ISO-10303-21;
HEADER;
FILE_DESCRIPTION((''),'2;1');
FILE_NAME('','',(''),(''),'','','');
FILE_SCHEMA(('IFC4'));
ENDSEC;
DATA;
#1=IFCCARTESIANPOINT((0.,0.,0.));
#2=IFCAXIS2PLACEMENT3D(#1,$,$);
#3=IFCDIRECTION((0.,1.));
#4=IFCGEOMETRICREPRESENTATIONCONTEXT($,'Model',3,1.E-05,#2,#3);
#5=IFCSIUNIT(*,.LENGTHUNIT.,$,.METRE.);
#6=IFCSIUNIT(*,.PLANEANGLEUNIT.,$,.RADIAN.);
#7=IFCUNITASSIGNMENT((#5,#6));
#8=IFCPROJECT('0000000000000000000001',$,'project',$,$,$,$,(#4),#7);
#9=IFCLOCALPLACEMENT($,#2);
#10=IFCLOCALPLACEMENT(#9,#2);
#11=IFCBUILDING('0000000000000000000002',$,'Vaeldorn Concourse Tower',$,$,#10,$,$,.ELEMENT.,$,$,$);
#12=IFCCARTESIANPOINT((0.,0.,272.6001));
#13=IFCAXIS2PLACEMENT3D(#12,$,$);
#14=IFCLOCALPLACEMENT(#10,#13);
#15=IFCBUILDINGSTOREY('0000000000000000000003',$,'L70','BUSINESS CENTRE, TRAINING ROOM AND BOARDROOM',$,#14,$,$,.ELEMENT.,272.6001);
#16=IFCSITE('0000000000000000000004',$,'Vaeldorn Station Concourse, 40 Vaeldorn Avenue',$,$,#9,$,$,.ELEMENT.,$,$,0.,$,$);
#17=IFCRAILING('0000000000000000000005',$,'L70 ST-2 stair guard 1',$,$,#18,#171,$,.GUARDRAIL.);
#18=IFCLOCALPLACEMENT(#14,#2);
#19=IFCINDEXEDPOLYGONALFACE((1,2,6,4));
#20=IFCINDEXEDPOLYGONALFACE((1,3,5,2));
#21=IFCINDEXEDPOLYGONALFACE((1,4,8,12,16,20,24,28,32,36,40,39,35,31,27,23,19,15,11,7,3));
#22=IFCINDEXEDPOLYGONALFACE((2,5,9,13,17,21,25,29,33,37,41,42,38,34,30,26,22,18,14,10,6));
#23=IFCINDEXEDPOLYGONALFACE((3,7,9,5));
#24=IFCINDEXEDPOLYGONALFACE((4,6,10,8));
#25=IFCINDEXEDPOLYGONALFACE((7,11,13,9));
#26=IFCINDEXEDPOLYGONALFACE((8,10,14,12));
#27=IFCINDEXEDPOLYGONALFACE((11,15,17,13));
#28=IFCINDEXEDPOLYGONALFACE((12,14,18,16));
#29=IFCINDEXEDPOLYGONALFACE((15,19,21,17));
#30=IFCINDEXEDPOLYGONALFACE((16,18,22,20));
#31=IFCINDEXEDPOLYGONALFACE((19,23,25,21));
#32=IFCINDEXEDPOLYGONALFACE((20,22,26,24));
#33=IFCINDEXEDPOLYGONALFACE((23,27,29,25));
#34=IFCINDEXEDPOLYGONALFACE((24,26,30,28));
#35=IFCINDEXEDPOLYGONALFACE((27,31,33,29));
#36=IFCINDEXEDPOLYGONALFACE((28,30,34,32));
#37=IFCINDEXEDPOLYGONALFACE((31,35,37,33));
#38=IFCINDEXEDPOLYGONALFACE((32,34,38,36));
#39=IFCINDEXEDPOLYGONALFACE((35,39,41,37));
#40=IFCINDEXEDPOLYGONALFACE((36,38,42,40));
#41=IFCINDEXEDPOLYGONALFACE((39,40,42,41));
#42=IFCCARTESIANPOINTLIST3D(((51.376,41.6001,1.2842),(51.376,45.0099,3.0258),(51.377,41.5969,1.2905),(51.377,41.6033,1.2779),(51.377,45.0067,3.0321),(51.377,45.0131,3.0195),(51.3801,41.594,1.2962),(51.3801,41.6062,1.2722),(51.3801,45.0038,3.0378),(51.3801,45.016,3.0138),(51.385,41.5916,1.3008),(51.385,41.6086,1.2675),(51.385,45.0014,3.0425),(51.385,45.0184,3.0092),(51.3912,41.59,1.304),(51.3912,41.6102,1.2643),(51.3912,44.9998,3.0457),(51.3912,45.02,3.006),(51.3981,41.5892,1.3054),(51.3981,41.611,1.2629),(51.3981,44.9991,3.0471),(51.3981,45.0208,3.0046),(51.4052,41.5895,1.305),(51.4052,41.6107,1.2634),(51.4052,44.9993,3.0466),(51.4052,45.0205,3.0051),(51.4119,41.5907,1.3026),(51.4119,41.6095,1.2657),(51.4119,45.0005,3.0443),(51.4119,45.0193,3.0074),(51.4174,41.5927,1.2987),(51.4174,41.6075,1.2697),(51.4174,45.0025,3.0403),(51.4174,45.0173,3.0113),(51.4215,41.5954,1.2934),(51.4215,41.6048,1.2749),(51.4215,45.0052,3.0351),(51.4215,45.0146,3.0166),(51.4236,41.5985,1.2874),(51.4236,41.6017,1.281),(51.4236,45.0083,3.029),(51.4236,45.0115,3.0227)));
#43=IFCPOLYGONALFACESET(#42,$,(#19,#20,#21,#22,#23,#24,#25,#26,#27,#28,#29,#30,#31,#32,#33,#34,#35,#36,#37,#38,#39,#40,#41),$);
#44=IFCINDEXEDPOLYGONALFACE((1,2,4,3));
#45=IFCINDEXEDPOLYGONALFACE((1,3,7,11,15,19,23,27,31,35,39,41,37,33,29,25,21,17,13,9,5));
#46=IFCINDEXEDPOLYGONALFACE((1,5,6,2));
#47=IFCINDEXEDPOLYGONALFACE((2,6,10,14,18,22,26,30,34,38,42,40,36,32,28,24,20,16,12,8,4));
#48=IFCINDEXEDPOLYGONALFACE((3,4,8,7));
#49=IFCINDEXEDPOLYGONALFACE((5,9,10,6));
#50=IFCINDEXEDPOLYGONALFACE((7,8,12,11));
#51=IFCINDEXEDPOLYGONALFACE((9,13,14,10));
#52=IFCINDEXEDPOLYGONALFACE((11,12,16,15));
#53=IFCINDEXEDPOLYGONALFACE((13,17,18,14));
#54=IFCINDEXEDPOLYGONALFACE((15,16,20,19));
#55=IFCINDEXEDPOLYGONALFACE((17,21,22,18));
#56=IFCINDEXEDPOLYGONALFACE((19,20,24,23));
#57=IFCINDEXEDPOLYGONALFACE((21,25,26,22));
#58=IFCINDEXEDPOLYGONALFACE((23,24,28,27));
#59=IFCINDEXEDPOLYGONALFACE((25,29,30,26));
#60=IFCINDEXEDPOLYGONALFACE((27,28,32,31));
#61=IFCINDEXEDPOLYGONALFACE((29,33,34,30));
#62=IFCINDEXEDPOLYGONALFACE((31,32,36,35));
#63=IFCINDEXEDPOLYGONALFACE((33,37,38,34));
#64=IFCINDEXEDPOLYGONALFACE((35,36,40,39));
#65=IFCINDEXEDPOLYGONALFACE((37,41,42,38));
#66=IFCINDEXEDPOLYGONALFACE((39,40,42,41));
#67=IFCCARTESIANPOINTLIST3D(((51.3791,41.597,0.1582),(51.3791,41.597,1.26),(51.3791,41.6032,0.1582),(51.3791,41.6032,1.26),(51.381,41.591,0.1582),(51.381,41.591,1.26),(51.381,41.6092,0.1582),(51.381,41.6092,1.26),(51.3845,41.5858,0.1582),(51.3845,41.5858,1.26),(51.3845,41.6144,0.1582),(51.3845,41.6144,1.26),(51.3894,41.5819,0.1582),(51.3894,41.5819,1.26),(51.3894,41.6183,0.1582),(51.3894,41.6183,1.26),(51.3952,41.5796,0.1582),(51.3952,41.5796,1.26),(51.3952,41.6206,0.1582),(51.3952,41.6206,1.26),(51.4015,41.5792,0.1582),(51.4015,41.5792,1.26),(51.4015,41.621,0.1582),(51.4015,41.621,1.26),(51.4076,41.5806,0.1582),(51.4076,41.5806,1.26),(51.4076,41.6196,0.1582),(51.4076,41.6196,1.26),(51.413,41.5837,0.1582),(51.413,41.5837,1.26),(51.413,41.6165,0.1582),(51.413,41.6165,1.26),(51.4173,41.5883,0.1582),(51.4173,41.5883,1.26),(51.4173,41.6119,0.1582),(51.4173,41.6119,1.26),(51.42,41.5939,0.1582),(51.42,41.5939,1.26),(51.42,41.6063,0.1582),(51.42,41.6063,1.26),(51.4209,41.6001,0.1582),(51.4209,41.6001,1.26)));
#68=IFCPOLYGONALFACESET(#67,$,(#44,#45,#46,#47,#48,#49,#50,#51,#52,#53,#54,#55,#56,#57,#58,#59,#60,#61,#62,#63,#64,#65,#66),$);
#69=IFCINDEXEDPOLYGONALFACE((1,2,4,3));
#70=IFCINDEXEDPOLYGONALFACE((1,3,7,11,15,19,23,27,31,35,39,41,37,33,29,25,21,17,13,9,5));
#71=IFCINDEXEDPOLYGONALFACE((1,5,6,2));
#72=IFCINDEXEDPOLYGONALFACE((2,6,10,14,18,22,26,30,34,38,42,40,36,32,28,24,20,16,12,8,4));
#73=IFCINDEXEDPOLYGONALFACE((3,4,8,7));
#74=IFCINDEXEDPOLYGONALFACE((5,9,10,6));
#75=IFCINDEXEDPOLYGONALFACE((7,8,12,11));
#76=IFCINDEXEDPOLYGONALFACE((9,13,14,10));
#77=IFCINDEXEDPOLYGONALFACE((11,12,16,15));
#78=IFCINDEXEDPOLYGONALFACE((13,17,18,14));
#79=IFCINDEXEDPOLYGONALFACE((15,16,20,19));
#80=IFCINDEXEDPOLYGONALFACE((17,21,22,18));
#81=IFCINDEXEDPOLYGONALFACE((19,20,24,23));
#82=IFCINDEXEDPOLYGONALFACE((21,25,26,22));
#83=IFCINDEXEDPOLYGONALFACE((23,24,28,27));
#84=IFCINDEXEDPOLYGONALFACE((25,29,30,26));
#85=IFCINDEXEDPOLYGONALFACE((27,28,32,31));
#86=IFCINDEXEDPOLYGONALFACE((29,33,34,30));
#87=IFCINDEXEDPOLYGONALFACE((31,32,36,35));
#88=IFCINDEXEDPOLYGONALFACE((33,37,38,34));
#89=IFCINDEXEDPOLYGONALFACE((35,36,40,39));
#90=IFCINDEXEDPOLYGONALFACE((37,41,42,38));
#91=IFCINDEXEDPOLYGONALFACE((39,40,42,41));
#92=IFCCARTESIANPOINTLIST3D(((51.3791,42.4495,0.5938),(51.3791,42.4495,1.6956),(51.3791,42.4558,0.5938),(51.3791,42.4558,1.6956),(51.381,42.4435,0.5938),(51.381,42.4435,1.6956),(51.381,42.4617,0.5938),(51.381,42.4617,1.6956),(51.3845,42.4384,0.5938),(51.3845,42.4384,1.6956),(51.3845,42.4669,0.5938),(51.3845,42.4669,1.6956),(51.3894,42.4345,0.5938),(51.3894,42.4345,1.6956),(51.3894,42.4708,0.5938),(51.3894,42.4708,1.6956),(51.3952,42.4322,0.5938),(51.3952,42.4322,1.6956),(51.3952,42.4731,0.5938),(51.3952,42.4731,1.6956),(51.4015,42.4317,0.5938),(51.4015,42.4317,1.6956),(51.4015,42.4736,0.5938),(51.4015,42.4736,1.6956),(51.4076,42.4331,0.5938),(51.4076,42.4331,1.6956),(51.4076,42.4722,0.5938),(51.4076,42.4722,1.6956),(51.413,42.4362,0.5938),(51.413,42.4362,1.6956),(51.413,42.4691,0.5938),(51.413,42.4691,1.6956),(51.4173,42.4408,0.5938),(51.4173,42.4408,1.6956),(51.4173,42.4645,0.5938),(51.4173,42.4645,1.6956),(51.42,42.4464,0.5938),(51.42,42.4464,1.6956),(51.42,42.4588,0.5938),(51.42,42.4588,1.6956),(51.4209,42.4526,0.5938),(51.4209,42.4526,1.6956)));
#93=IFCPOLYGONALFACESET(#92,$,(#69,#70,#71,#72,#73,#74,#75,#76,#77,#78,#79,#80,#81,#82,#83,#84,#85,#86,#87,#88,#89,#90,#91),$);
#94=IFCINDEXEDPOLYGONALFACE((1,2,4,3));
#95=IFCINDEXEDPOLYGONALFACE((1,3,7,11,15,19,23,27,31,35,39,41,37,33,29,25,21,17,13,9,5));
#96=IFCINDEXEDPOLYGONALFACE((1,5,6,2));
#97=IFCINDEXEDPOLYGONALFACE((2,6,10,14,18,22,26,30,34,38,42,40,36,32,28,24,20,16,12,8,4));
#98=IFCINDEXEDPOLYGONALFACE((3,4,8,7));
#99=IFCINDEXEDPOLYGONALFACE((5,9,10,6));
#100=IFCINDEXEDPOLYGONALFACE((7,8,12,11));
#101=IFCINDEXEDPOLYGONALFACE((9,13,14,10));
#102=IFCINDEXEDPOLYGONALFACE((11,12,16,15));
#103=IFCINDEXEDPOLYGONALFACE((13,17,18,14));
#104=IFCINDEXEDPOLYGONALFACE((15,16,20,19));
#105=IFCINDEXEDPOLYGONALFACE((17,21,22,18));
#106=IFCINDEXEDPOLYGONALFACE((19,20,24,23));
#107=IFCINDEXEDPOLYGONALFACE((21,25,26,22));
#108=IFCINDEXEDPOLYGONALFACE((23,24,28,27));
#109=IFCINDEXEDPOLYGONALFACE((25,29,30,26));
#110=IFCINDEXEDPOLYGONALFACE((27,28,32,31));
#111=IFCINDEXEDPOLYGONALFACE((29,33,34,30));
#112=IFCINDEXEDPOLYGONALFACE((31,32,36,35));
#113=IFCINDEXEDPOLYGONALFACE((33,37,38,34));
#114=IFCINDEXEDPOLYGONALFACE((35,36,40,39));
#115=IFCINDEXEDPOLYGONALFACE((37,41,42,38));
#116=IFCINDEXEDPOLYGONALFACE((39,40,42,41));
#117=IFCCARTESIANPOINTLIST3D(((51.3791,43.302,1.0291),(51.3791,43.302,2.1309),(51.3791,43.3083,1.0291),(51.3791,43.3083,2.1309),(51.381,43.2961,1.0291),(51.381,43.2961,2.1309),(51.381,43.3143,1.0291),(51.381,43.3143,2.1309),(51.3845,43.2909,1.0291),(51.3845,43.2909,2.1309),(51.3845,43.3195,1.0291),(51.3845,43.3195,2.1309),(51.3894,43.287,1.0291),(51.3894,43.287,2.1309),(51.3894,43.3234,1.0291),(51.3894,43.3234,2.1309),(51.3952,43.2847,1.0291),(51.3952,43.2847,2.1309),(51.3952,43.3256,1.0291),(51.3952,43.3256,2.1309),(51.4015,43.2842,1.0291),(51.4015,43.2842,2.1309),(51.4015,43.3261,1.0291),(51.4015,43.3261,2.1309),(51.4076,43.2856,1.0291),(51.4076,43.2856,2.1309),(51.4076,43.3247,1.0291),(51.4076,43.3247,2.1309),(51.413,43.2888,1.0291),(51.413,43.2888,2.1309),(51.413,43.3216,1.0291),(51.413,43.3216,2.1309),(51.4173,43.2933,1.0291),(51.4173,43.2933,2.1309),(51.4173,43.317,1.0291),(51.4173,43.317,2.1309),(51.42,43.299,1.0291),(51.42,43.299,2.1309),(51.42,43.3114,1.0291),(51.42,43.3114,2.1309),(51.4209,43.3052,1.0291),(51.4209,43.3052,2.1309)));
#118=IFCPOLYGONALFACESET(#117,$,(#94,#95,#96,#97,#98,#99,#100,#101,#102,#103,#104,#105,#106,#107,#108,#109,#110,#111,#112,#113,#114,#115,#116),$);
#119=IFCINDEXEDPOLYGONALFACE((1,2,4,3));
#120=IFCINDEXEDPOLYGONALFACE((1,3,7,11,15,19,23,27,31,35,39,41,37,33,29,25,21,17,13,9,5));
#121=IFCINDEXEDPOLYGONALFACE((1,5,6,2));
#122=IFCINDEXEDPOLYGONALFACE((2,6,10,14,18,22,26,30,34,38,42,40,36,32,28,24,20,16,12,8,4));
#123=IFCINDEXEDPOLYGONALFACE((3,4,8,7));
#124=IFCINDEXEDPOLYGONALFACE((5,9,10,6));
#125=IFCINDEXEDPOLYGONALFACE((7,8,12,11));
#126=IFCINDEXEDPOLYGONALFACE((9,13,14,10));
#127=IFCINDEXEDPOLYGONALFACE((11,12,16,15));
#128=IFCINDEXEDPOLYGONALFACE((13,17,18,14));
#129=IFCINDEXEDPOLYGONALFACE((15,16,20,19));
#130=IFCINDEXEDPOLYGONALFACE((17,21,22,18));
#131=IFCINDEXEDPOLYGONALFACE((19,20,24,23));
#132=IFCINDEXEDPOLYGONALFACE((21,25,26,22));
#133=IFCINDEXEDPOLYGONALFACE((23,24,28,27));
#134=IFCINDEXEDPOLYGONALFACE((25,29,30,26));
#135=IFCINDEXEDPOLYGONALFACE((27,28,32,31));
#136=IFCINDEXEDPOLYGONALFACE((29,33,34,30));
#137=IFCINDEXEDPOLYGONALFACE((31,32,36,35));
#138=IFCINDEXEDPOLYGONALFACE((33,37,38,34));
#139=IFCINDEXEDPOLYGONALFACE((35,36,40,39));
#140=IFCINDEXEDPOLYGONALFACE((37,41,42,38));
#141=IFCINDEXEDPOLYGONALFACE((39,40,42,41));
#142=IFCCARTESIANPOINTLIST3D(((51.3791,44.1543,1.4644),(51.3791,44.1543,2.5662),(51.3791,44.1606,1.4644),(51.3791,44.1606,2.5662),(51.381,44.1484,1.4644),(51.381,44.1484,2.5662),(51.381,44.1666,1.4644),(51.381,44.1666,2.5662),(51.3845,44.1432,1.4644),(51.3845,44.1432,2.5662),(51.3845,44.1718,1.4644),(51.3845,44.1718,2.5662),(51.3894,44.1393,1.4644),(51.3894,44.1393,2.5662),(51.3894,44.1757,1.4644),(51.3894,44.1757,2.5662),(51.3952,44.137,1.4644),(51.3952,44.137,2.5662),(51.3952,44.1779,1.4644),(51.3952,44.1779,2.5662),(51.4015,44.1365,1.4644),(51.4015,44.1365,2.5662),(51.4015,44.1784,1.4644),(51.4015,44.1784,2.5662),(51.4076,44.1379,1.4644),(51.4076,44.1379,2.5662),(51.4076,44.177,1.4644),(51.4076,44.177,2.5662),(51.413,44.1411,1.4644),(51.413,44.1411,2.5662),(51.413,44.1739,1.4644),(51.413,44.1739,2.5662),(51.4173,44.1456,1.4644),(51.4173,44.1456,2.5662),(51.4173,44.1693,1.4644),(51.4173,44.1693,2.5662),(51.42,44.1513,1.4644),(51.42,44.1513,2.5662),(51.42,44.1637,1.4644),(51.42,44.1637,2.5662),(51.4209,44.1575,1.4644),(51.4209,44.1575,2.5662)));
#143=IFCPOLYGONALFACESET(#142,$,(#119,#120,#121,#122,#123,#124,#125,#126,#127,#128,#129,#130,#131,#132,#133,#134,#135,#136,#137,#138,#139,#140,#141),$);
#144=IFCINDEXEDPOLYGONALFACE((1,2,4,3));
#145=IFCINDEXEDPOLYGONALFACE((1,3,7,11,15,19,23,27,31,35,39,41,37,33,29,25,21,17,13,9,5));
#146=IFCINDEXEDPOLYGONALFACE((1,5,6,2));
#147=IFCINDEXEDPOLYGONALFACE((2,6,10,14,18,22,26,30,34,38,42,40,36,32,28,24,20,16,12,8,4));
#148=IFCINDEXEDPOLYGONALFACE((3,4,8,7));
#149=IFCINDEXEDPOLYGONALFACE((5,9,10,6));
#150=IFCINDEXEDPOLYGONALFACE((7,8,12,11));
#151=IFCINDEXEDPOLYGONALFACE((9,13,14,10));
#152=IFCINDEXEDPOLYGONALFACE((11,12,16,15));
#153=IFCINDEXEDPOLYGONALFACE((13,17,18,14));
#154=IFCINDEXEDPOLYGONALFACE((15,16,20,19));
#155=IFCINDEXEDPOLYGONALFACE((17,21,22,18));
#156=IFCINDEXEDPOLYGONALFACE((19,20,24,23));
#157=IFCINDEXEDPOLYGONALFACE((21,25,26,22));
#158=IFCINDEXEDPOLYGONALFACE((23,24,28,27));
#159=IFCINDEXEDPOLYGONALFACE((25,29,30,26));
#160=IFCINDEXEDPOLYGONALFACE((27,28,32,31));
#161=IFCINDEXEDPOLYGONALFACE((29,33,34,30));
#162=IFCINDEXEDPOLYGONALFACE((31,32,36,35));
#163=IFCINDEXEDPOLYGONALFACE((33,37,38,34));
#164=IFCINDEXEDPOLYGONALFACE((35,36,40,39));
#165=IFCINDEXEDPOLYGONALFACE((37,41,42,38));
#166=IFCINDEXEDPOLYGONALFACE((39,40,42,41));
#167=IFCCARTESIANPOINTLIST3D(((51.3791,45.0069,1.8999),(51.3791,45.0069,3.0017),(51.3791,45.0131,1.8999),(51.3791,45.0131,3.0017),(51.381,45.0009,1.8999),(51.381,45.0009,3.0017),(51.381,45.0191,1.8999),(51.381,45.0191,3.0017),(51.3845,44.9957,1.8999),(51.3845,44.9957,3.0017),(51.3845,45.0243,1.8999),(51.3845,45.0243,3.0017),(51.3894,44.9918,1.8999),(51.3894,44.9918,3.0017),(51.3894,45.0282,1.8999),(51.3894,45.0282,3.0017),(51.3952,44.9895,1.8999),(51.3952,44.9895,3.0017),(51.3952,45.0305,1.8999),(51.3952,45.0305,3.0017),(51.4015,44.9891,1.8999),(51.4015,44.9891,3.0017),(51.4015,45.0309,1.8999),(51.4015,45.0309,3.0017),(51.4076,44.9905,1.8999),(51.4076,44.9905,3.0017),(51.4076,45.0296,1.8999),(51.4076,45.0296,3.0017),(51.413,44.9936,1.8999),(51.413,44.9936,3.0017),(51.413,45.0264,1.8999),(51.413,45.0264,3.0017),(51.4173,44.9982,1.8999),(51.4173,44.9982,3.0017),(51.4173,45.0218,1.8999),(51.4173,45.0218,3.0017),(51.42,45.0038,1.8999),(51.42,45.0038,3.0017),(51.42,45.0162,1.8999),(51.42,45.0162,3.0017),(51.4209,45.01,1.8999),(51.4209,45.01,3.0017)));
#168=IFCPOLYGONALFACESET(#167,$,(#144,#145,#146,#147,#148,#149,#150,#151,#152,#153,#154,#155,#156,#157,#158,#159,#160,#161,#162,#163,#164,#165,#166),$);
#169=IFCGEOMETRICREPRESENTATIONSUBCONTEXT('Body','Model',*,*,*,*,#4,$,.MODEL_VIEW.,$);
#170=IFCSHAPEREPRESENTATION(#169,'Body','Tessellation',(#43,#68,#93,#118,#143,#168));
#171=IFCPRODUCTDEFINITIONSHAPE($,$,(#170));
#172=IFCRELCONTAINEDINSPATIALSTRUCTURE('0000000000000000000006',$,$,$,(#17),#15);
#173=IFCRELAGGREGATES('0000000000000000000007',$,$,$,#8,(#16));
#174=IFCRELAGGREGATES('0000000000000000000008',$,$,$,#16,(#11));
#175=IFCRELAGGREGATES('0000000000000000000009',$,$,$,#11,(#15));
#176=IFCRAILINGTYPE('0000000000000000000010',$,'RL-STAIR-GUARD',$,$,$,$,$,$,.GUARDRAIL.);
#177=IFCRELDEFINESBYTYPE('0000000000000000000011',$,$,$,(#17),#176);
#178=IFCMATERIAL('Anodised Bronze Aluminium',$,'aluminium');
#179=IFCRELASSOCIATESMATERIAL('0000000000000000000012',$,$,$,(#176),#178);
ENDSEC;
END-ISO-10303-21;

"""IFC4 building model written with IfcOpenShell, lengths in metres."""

from ifc_helpers import new_model, si_unit, direction, frame, origin, origin_2d, place, context, subcontext, project, spatial, circle, extrude, material, type_object, element, save


model = new_model("IFC4")

# Units and contexts
model_context = context("Model", 3, precision=1e-05, world=origin(), true_north=direction((0.0, 1.0)))
body_context = subcontext(model_context, "Body", "Model", "MODEL_VIEW")
ifc_project = project(units=[si_unit("LENGTHUNIT", "METRE"), si_unit("PLANEANGLEUNIT", "RADIAN")], contexts=[model_context])

# Site, building, storey
site_placement = place(None, origin())
site = spatial("IfcSite", under=ifc_project, at=site_placement, Name="Vaeldorn Station Concourse, 40 Vaeldorn Avenue", CompositionType="ELEMENT", RefElevation=0.0)
building_placement = place(site_placement, origin())
building = spatial("IfcBuilding", under=site, at=building_placement, Name="Vaeldorn Concourse Tower", CompositionType="ELEMENT")
storey_placement = place(building_placement, frame((0.0, 0.0, 272.6001)))
storey = spatial("IfcBuildingStorey", under=building, at=storey_placement, Name="L70", Description="BUSINESS CENTRE, TRAINING ROOM AND BOARDROOM", CompositionType="ELEMENT", Elevation=272.6001)

# Shared definitions
ifc_material_1 = material(Name="Anodised Bronze Aluminium", Category="aluminium")

# Railing
railing_type_1 = type_object("IfcRailingType", Name="RL-STAIR-GUARD", PredefinedType="GUARDRAIL", material=ifc_material_1)
railing_1_placement = place(storey_placement, frame((51.3999, 41.6001, 0.1582)))
element("IfcRailing", 1, at=railing_1_placement, inside=storey, type_object=railing_type_1, Name="L70 ST-2 stair guard 1", PredefinedType="GUARDRAIL", context=body_context, shape_type="SweptSolid", body=[
    extrude(circle(Radius=0.0239, at=origin_2d()), frame((0.0, 0.0, 1.126), z_axis=(0.0, 0.890556, 0.454874), x_axis=(-1.0, 0.0, 0.0)), (0.0, 0.0, 1.0), 3.8289),
    extrude(circle(Radius=0.021, at=origin_2d()), origin(), (0.0, 0.0, 1.0), 1.1018),
    extrude(circle(Radius=0.021, at=origin_2d()), frame((0.0, 0.8525, 0.4355)), (0.0, 0.0, 1.0), 1.1018),
    extrude(circle(Radius=0.021, at=origin_2d()), frame((0.0, 1.7051, 0.8708)), (0.0, 0.0, 1.0), 1.1018),
    extrude(circle(Radius=0.021, at=origin_2d()), frame((0.0, 2.5574, 1.3062)), (0.0, 0.0, 1.0), 1.1018),
    extrude(circle(Radius=0.021, at=origin_2d()), frame((0.0, 3.4099, 1.7417)), (0.0, 0.0, 1.0), 1.1018),
])

save(model, "model.ifc")
